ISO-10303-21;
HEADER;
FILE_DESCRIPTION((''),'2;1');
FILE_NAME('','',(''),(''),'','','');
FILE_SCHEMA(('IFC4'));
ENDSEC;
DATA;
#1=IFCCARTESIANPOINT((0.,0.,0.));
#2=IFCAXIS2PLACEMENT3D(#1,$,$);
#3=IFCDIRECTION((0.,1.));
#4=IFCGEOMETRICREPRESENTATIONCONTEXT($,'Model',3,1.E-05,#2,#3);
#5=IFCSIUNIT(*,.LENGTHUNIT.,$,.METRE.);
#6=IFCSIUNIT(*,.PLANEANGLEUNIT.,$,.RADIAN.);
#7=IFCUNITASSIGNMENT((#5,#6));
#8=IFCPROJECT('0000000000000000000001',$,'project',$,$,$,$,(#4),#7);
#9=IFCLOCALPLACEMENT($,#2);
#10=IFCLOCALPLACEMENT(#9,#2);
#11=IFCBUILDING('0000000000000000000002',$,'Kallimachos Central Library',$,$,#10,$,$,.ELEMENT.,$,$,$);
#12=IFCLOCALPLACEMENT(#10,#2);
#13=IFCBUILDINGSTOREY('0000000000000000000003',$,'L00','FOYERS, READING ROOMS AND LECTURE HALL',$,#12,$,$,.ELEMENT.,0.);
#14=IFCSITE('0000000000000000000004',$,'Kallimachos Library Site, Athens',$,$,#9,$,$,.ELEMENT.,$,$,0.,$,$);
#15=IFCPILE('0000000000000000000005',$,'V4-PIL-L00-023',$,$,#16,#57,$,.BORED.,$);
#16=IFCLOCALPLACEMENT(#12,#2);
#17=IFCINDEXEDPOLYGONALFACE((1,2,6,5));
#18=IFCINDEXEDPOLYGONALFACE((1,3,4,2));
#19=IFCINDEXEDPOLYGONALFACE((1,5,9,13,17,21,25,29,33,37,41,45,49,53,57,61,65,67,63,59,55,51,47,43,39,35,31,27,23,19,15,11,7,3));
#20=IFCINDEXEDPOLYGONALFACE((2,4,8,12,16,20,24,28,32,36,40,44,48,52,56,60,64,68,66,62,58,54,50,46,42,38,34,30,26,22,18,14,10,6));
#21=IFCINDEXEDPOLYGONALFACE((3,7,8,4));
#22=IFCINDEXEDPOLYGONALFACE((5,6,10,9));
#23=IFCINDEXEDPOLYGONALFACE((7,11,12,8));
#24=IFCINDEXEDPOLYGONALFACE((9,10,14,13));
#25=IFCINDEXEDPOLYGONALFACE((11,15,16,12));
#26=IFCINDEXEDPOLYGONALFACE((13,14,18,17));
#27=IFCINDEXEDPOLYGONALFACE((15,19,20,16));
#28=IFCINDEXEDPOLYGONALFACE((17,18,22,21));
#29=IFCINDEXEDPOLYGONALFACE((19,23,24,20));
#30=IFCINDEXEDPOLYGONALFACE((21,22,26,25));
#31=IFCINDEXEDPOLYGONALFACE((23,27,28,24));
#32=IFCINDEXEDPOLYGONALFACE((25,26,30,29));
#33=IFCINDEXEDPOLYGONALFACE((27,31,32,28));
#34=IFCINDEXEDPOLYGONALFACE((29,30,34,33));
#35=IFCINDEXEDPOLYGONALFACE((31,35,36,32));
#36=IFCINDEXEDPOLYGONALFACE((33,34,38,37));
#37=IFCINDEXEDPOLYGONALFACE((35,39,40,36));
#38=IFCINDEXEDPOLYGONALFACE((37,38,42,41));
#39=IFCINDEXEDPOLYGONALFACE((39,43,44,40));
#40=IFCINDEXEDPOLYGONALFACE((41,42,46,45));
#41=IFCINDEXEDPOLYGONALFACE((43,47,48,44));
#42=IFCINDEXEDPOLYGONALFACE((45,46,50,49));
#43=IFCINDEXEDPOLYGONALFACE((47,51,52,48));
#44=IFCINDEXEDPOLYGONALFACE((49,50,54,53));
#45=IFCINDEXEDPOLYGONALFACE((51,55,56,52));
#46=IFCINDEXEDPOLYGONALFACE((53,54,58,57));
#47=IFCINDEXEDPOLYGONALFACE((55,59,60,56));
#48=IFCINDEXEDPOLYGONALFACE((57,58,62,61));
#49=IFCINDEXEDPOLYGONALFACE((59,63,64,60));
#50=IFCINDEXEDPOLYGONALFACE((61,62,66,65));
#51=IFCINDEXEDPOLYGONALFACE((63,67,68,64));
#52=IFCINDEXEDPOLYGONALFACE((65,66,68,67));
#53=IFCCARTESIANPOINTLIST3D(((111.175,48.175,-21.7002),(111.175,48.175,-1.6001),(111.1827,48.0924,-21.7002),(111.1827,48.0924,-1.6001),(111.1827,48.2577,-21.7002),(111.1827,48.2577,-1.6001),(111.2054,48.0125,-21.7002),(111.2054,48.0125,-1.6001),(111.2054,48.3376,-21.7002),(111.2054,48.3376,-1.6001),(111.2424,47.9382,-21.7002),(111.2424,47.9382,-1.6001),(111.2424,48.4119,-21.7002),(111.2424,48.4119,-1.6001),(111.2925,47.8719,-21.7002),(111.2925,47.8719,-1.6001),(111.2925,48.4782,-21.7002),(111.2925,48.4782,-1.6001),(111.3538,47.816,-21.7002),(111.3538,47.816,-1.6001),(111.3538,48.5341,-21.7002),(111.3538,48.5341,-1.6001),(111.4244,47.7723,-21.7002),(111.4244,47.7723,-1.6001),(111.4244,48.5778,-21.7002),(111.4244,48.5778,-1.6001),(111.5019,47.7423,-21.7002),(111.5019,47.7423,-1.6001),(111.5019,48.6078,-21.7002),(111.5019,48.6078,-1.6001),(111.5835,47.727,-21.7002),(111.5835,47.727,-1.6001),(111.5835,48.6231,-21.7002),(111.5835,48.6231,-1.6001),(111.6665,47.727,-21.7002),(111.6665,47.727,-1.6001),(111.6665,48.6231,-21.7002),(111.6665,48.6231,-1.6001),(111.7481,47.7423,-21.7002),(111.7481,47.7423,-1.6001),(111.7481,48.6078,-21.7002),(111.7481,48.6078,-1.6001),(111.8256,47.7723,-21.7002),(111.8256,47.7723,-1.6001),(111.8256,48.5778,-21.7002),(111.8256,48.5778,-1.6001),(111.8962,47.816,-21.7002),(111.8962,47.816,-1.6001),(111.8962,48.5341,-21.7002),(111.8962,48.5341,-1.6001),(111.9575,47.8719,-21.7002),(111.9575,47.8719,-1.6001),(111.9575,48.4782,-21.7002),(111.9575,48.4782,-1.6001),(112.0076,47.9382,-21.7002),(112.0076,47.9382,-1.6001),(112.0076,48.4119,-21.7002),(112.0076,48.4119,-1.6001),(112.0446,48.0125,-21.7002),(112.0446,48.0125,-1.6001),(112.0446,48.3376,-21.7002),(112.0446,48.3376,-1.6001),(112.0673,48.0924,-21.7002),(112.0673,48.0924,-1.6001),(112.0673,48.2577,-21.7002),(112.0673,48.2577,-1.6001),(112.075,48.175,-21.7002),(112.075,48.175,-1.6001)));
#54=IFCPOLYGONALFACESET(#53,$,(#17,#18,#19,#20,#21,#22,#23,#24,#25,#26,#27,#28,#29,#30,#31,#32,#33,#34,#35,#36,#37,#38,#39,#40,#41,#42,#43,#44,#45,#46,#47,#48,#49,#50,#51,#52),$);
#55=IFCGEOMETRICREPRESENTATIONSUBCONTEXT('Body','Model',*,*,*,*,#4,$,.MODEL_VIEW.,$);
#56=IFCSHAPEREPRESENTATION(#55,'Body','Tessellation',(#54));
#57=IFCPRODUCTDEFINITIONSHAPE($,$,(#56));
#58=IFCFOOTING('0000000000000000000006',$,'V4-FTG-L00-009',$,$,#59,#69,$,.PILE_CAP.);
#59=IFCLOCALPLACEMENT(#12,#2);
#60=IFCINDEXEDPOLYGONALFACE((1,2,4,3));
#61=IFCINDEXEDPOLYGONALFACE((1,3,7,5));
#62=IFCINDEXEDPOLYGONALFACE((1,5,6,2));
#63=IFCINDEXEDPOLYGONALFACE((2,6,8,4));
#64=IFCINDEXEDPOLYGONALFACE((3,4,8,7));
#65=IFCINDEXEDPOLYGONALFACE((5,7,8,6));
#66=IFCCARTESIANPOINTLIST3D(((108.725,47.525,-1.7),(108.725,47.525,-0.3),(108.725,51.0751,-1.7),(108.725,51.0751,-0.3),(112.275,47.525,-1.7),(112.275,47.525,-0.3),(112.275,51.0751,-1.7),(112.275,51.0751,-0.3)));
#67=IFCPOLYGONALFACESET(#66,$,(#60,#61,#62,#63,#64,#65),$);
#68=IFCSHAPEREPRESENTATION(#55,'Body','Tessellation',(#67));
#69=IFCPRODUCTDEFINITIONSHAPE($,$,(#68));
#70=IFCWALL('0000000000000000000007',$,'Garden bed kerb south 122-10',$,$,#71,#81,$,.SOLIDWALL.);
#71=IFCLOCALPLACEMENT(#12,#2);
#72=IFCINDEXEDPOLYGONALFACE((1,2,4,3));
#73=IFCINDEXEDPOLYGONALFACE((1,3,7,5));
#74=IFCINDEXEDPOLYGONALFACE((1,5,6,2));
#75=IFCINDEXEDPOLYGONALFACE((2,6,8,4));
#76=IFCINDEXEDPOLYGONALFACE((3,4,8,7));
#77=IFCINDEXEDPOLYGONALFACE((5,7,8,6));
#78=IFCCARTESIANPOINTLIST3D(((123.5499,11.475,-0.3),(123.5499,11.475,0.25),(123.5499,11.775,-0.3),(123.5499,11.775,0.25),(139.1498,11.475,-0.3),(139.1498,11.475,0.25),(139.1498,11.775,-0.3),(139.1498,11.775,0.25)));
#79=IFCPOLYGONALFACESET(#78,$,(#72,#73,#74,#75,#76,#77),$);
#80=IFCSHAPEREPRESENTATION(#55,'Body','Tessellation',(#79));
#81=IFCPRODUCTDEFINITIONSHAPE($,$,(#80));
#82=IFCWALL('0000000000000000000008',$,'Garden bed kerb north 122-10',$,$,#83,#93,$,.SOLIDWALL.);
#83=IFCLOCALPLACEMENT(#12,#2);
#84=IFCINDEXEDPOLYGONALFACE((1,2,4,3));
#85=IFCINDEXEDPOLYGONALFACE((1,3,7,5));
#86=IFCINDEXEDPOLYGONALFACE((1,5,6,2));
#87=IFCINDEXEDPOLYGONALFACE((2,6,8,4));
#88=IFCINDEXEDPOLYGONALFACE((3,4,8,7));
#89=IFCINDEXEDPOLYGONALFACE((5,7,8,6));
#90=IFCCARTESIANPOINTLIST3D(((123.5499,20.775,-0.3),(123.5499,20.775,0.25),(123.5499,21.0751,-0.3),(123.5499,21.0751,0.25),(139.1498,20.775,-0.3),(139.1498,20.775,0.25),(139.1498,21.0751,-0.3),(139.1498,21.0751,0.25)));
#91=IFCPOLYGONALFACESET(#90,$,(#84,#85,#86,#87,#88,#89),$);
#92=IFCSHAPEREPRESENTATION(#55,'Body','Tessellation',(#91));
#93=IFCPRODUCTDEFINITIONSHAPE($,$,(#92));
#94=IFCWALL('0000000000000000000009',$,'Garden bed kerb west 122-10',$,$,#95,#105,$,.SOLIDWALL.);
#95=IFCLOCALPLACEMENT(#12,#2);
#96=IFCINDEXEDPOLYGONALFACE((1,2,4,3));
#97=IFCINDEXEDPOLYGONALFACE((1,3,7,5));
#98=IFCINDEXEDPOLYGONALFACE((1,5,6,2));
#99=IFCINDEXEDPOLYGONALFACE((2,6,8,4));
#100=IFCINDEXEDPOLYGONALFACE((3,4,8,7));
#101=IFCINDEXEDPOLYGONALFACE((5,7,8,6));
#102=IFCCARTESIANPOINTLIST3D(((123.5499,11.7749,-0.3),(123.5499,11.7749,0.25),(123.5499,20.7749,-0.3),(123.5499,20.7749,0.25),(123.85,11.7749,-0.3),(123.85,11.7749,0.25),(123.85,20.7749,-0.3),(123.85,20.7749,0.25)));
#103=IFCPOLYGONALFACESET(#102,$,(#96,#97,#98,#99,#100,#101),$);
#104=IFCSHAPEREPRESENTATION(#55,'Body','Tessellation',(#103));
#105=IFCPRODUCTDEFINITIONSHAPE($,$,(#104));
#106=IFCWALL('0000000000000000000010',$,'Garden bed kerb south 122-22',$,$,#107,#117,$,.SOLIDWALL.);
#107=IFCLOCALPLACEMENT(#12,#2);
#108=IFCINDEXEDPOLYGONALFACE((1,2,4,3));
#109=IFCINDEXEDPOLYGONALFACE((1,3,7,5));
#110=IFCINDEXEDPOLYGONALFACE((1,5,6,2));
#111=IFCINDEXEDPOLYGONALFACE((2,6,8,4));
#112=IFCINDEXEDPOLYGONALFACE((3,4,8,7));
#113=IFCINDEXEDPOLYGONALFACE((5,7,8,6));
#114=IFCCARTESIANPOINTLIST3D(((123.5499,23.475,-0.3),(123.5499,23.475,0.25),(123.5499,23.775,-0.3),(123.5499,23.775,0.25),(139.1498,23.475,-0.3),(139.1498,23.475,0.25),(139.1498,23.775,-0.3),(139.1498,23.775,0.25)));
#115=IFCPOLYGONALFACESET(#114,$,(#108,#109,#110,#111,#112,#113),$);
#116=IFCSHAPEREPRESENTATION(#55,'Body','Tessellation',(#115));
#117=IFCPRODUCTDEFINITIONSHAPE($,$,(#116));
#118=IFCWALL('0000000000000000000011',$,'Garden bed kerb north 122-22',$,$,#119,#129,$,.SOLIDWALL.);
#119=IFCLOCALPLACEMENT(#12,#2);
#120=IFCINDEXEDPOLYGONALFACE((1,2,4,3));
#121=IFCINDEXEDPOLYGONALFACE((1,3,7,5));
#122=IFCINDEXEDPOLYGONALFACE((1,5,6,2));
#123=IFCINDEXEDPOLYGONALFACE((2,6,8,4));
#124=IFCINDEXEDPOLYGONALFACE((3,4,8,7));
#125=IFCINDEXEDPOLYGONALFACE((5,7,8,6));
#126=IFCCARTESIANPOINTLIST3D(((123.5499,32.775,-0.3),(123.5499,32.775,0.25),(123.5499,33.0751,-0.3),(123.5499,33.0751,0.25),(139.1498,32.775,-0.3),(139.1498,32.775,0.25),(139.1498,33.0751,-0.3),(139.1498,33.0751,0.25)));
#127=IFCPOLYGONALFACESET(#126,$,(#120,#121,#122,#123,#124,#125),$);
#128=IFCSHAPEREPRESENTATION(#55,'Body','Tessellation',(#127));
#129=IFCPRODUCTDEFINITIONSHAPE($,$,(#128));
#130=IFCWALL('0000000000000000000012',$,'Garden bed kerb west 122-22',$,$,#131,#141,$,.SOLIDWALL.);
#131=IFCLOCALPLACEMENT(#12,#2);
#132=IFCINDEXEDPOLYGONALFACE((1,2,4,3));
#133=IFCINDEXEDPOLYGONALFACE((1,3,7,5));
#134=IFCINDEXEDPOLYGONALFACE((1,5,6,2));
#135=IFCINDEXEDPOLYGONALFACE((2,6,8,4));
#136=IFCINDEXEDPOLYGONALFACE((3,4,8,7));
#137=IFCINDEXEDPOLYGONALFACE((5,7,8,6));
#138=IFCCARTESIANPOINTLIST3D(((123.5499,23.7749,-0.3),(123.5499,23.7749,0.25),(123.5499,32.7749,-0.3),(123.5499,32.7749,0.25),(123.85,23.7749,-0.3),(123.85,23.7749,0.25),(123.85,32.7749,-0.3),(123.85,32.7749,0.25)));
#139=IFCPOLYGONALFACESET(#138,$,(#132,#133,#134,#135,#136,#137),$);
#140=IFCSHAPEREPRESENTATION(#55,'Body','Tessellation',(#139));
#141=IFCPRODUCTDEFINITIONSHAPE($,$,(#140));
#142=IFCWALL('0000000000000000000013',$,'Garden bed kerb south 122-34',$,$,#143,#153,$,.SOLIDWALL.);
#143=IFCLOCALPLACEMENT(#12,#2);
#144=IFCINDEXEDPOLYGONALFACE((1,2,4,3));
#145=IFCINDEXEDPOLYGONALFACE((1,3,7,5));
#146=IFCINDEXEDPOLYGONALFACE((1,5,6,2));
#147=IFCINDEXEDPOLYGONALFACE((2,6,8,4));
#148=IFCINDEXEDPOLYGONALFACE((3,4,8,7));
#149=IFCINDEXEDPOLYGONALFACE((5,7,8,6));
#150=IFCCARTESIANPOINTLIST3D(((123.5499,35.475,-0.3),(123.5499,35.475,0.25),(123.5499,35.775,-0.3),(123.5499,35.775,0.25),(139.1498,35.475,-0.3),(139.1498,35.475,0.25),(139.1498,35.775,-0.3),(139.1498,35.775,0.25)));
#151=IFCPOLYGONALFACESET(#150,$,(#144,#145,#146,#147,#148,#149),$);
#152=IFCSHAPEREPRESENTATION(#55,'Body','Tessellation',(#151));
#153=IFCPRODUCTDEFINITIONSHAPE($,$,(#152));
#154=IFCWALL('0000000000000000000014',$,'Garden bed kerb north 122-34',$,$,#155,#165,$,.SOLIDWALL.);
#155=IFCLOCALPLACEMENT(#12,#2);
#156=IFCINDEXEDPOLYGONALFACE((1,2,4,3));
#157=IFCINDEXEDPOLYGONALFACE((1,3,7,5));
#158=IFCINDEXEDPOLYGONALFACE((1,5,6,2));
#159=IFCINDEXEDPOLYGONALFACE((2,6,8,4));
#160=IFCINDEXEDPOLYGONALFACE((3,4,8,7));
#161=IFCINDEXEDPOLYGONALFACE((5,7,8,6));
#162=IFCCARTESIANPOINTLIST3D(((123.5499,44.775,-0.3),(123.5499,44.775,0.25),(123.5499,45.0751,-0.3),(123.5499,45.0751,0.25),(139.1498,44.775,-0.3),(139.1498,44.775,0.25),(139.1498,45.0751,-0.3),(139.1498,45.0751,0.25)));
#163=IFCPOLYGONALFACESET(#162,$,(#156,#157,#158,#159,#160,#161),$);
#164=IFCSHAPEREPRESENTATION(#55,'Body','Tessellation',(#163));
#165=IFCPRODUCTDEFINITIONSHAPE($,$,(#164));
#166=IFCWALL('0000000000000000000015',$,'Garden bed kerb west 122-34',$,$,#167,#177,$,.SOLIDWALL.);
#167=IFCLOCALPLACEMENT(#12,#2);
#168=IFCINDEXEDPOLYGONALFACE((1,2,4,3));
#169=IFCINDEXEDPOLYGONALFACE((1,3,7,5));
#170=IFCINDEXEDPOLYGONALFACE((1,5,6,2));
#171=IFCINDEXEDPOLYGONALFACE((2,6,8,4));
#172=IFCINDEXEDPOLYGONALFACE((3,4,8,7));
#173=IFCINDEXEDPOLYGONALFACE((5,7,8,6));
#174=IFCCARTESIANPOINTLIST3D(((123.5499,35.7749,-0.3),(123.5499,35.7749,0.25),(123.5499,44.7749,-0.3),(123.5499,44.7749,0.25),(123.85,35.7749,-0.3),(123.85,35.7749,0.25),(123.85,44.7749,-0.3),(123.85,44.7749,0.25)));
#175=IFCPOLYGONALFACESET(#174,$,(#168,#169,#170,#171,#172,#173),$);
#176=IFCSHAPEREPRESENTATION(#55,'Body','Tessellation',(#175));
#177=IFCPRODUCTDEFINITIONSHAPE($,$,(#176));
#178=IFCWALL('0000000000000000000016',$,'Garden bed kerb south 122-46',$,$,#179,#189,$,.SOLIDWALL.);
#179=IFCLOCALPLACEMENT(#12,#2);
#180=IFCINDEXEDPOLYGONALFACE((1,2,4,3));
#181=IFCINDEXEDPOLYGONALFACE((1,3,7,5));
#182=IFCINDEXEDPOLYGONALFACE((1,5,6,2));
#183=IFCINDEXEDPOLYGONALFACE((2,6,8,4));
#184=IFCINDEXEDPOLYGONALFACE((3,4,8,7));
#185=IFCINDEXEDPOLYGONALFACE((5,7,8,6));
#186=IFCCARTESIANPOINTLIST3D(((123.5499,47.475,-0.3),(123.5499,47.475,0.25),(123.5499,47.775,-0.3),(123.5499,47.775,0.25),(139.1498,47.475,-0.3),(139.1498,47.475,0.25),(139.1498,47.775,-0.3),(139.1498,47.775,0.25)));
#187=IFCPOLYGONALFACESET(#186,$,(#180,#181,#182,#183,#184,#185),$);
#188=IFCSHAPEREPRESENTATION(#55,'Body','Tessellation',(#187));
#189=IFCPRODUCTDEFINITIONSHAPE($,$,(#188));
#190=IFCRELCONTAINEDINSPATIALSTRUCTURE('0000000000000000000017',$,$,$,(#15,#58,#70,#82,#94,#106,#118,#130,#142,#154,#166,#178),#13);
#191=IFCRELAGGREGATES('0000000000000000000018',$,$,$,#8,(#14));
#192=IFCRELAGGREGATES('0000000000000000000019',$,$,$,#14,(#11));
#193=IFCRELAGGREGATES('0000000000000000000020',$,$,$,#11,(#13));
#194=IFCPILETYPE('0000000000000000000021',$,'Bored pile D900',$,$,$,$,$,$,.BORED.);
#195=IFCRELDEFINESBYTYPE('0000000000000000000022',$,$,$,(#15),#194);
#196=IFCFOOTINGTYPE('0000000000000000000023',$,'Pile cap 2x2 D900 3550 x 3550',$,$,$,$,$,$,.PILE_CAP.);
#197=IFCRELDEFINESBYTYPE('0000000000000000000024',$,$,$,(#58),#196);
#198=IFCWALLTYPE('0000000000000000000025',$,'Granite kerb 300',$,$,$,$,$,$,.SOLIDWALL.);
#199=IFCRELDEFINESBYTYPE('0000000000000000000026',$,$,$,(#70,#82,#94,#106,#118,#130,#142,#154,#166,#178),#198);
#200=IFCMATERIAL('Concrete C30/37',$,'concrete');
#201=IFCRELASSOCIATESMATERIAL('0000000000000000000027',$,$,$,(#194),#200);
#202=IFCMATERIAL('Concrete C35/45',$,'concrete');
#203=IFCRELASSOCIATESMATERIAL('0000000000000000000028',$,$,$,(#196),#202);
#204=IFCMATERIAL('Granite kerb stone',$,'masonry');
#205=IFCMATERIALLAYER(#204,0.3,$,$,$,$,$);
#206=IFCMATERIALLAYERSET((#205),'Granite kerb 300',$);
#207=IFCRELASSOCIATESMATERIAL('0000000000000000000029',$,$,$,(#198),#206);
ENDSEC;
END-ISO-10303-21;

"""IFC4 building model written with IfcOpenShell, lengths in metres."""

from ifc_helpers import new_model, si_unit, direction, frame, frame_2d, origin, origin_2d, place, context, subcontext, project, spatial, rectangle, circle, extrude, material, layer, layer_set, type_object, element, save


model = new_model("IFC4")

# Units and contexts
model_context = context("Model", 3, precision=1e-05, world=origin(), true_north=direction((0.0, 1.0)))
body_context = subcontext(model_context, "Body", "Model", "MODEL_VIEW")
ifc_project = project(units=[si_unit("LENGTHUNIT", "METRE"), si_unit("PLANEANGLEUNIT", "RADIAN")], contexts=[model_context])

# Site, building, storey
site_placement = place(None, origin())
site = spatial("IfcSite", under=ifc_project, at=site_placement, Name="Kallimachos Library Site, Athens", CompositionType="ELEMENT", RefElevation=0.0)
building_placement = place(site_placement, origin())
building = spatial("IfcBuilding", under=site, at=building_placement, Name="Kallimachos Central Library", CompositionType="ELEMENT")
storey_placement = place(building_placement, origin())
storey = spatial("IfcBuildingStorey", under=building, at=storey_placement, Name="L00", Description="FOYERS, READING ROOMS AND LECTURE HALL", CompositionType="ELEMENT", Elevation=0.0)

# Pile
ifc_material_1 = material(Name="Concrete C30/37", Category="concrete")
pile_type = type_object("IfcPileType", Name="Bored pile D900", PredefinedType="BORED", material=ifc_material_1)
pile_placement = place(storey_placement, frame((111.625, 48.175, -1.6001), z_axis=(0.0, 0.0, -1.0), x_axis=(1.0, 0.0, 0.0)))
element("IfcPile", 1, at=pile_placement, inside=storey, type_object=pile_type, Name="V4-PIL-L00-023", PredefinedType="BORED", context=body_context, shape_type="SweptSolid", body=[
    extrude(circle(Radius=0.45, at=origin_2d()), origin(), (0.0, 0.0, 1.0), 20.1001),
])

# Footing
ifc_material_2 = material(Name="Concrete C35/45", Category="concrete")
footing_type = type_object("IfcFootingType", Name="Pile cap 2x2 D900 3550 x 3550", PredefinedType="PILE_CAP", material=ifc_material_2)
footing_placement = place(storey_placement, frame((110.5, 49.3, -1.7), z_axis=(0.0, 0.0, 1.0), x_axis=(1.0, 0.0, 0.0)))
element("IfcFooting", 2, at=footing_placement, inside=storey, type_object=footing_type, Name="V4-FTG-L00-009", PredefinedType="PILE_CAP", context=body_context, shape_type="SweptSolid", body=[
    extrude(rectangle(XDim=3.55, YDim=3.55, at=origin_2d()), origin(), (0.0, 0.0, 1.0), 1.3999),
])

# Walls
ifc_material_3 = material(Name="Granite kerb stone", Category="masonry")
ifc_layer_1 = layer(ifc_material_3, 0.3)
ifc_layer_set_1 = layer_set([ifc_layer_1], Name="Granite kerb 300")
wall_type_1 = type_object("IfcWallType", Name="Granite kerb 300", PredefinedType="SOLIDWALL", material=ifc_layer_set_1)
for number, where, z_axis, x_axis, name in (
    (3, (123.55, 11.625, -0.3), (0.0, 0.0, 1.0), (1.0, 0.0, 0.0), "Garden bed kerb south 122-10"),
    (4, (123.55, 20.925, -0.3), (0.0, 0.0, 1.0), (1.0, 0.0, 0.0), "Garden bed kerb north 122-10"),
):
    element("IfcWall", number, at=place(storey_placement, frame(where, z_axis=z_axis, x_axis=x_axis)), inside=storey, type_object=wall_type_1, Name=name, PredefinedType="SOLIDWALL", context=body_context, shape_type="SweptSolid", body=[
        extrude(rectangle(XDim=15.5999, YDim=0.3, at=frame_2d((7.7998, 0.0))), origin(), (0.0, 0.0, 1.0), 0.55),
    ])
wall_1_placement = place(storey_placement, frame((123.7, 11.7749, -0.3), z_axis=(0.0, 0.0, 1.0), x_axis=(0.0, 1.0, 0.0)))
element("IfcWall", 5, at=wall_1_placement, inside=storey, type_object=wall_type_1, Name="Garden bed kerb west 122-10", PredefinedType="SOLIDWALL", context=body_context, shape_type="SweptSolid", body=[
    extrude(rectangle(XDim=9.0, YDim=0.3, at=frame_2d((4.5, 0.0))), origin(), (0.0, 0.0, 1.0), 0.55),
])
for number, where, z_axis, x_axis, name in (
    (6, (123.55, 23.625, -0.3), (0.0, 0.0, 1.0), (1.0, 0.0, 0.0), "Garden bed kerb south 122-22"),
    (7, (123.55, 32.925, -0.3), (0.0, 0.0, 1.0), (1.0, 0.0, 0.0), "Garden bed kerb north 122-22"),
):
    element("IfcWall", number, at=place(storey_placement, frame(where, z_axis=z_axis, x_axis=x_axis)), inside=storey, type_object=wall_type_1, Name=name, PredefinedType="SOLIDWALL", context=body_context, shape_type="SweptSolid", body=[
        extrude(rectangle(XDim=15.5999, YDim=0.3, at=frame_2d((7.7998, 0.0))), origin(), (0.0, 0.0, 1.0), 0.55),
    ])
wall_2_placement = place(storey_placement, frame((123.7, 23.7749, -0.3), z_axis=(0.0, 0.0, 1.0), x_axis=(0.0, 1.0, 0.0)))
element("IfcWall", 8, at=wall_2_placement, inside=storey, type_object=wall_type_1, Name="Garden bed kerb west 122-22", PredefinedType="SOLIDWALL", context=body_context, shape_type="SweptSolid", body=[
    extrude(rectangle(XDim=9.0, YDim=0.3, at=frame_2d((4.5, 0.0))), origin(), (0.0, 0.0, 1.0), 0.55),
])
for number, where, z_axis, x_axis, name in (
    (9, (123.55, 35.625, -0.3), (0.0, 0.0, 1.0), (1.0, 0.0, 0.0), "Garden bed kerb south 122-34"),
    (10, (123.55, 44.925, -0.3), (0.0, 0.0, 1.0), (1.0, 0.0, 0.0), "Garden bed kerb north 122-34"),
):
    element("IfcWall", number, at=place(storey_placement, frame(where, z_axis=z_axis, x_axis=x_axis)), inside=storey, type_object=wall_type_1, Name=name, PredefinedType="SOLIDWALL", context=body_context, shape_type="SweptSolid", body=[
        extrude(rectangle(XDim=15.5999, YDim=0.3, at=frame_2d((7.7998, 0.0))), origin(), (0.0, 0.0, 1.0), 0.55),
    ])
wall_3_placement = place(storey_placement, frame((123.7, 35.7749, -0.3), z_axis=(0.0, 0.0, 1.0), x_axis=(0.0, 1.0, 0.0)))
element("IfcWall", 11, at=wall_3_placement, inside=storey, type_object=wall_type_1, Name="Garden bed kerb west 122-34", PredefinedType="SOLIDWALL", context=body_context, shape_type="SweptSolid", body=[
    extrude(rectangle(XDim=9.0, YDim=0.3, at=frame_2d((4.5, 0.0))), origin(), (0.0, 0.0, 1.0), 0.55),
])
wall_4_placement = place(storey_placement, frame((123.55, 47.625, -0.3), z_axis=(0.0, 0.0, 1.0), x_axis=(1.0, 0.0, 0.0)))
element("IfcWall", 12, at=wall_4_placement, inside=storey, type_object=wall_type_1, Name="Garden bed kerb south 122-46", PredefinedType="SOLIDWALL", context=body_context, shape_type="SweptSolid", body=[
    extrude(rectangle(XDim=15.5999, YDim=0.3, at=frame_2d((7.7998, 0.0))), origin(), (0.0, 0.0, 1.0), 0.55),
])

save(model, "model.ifc")
